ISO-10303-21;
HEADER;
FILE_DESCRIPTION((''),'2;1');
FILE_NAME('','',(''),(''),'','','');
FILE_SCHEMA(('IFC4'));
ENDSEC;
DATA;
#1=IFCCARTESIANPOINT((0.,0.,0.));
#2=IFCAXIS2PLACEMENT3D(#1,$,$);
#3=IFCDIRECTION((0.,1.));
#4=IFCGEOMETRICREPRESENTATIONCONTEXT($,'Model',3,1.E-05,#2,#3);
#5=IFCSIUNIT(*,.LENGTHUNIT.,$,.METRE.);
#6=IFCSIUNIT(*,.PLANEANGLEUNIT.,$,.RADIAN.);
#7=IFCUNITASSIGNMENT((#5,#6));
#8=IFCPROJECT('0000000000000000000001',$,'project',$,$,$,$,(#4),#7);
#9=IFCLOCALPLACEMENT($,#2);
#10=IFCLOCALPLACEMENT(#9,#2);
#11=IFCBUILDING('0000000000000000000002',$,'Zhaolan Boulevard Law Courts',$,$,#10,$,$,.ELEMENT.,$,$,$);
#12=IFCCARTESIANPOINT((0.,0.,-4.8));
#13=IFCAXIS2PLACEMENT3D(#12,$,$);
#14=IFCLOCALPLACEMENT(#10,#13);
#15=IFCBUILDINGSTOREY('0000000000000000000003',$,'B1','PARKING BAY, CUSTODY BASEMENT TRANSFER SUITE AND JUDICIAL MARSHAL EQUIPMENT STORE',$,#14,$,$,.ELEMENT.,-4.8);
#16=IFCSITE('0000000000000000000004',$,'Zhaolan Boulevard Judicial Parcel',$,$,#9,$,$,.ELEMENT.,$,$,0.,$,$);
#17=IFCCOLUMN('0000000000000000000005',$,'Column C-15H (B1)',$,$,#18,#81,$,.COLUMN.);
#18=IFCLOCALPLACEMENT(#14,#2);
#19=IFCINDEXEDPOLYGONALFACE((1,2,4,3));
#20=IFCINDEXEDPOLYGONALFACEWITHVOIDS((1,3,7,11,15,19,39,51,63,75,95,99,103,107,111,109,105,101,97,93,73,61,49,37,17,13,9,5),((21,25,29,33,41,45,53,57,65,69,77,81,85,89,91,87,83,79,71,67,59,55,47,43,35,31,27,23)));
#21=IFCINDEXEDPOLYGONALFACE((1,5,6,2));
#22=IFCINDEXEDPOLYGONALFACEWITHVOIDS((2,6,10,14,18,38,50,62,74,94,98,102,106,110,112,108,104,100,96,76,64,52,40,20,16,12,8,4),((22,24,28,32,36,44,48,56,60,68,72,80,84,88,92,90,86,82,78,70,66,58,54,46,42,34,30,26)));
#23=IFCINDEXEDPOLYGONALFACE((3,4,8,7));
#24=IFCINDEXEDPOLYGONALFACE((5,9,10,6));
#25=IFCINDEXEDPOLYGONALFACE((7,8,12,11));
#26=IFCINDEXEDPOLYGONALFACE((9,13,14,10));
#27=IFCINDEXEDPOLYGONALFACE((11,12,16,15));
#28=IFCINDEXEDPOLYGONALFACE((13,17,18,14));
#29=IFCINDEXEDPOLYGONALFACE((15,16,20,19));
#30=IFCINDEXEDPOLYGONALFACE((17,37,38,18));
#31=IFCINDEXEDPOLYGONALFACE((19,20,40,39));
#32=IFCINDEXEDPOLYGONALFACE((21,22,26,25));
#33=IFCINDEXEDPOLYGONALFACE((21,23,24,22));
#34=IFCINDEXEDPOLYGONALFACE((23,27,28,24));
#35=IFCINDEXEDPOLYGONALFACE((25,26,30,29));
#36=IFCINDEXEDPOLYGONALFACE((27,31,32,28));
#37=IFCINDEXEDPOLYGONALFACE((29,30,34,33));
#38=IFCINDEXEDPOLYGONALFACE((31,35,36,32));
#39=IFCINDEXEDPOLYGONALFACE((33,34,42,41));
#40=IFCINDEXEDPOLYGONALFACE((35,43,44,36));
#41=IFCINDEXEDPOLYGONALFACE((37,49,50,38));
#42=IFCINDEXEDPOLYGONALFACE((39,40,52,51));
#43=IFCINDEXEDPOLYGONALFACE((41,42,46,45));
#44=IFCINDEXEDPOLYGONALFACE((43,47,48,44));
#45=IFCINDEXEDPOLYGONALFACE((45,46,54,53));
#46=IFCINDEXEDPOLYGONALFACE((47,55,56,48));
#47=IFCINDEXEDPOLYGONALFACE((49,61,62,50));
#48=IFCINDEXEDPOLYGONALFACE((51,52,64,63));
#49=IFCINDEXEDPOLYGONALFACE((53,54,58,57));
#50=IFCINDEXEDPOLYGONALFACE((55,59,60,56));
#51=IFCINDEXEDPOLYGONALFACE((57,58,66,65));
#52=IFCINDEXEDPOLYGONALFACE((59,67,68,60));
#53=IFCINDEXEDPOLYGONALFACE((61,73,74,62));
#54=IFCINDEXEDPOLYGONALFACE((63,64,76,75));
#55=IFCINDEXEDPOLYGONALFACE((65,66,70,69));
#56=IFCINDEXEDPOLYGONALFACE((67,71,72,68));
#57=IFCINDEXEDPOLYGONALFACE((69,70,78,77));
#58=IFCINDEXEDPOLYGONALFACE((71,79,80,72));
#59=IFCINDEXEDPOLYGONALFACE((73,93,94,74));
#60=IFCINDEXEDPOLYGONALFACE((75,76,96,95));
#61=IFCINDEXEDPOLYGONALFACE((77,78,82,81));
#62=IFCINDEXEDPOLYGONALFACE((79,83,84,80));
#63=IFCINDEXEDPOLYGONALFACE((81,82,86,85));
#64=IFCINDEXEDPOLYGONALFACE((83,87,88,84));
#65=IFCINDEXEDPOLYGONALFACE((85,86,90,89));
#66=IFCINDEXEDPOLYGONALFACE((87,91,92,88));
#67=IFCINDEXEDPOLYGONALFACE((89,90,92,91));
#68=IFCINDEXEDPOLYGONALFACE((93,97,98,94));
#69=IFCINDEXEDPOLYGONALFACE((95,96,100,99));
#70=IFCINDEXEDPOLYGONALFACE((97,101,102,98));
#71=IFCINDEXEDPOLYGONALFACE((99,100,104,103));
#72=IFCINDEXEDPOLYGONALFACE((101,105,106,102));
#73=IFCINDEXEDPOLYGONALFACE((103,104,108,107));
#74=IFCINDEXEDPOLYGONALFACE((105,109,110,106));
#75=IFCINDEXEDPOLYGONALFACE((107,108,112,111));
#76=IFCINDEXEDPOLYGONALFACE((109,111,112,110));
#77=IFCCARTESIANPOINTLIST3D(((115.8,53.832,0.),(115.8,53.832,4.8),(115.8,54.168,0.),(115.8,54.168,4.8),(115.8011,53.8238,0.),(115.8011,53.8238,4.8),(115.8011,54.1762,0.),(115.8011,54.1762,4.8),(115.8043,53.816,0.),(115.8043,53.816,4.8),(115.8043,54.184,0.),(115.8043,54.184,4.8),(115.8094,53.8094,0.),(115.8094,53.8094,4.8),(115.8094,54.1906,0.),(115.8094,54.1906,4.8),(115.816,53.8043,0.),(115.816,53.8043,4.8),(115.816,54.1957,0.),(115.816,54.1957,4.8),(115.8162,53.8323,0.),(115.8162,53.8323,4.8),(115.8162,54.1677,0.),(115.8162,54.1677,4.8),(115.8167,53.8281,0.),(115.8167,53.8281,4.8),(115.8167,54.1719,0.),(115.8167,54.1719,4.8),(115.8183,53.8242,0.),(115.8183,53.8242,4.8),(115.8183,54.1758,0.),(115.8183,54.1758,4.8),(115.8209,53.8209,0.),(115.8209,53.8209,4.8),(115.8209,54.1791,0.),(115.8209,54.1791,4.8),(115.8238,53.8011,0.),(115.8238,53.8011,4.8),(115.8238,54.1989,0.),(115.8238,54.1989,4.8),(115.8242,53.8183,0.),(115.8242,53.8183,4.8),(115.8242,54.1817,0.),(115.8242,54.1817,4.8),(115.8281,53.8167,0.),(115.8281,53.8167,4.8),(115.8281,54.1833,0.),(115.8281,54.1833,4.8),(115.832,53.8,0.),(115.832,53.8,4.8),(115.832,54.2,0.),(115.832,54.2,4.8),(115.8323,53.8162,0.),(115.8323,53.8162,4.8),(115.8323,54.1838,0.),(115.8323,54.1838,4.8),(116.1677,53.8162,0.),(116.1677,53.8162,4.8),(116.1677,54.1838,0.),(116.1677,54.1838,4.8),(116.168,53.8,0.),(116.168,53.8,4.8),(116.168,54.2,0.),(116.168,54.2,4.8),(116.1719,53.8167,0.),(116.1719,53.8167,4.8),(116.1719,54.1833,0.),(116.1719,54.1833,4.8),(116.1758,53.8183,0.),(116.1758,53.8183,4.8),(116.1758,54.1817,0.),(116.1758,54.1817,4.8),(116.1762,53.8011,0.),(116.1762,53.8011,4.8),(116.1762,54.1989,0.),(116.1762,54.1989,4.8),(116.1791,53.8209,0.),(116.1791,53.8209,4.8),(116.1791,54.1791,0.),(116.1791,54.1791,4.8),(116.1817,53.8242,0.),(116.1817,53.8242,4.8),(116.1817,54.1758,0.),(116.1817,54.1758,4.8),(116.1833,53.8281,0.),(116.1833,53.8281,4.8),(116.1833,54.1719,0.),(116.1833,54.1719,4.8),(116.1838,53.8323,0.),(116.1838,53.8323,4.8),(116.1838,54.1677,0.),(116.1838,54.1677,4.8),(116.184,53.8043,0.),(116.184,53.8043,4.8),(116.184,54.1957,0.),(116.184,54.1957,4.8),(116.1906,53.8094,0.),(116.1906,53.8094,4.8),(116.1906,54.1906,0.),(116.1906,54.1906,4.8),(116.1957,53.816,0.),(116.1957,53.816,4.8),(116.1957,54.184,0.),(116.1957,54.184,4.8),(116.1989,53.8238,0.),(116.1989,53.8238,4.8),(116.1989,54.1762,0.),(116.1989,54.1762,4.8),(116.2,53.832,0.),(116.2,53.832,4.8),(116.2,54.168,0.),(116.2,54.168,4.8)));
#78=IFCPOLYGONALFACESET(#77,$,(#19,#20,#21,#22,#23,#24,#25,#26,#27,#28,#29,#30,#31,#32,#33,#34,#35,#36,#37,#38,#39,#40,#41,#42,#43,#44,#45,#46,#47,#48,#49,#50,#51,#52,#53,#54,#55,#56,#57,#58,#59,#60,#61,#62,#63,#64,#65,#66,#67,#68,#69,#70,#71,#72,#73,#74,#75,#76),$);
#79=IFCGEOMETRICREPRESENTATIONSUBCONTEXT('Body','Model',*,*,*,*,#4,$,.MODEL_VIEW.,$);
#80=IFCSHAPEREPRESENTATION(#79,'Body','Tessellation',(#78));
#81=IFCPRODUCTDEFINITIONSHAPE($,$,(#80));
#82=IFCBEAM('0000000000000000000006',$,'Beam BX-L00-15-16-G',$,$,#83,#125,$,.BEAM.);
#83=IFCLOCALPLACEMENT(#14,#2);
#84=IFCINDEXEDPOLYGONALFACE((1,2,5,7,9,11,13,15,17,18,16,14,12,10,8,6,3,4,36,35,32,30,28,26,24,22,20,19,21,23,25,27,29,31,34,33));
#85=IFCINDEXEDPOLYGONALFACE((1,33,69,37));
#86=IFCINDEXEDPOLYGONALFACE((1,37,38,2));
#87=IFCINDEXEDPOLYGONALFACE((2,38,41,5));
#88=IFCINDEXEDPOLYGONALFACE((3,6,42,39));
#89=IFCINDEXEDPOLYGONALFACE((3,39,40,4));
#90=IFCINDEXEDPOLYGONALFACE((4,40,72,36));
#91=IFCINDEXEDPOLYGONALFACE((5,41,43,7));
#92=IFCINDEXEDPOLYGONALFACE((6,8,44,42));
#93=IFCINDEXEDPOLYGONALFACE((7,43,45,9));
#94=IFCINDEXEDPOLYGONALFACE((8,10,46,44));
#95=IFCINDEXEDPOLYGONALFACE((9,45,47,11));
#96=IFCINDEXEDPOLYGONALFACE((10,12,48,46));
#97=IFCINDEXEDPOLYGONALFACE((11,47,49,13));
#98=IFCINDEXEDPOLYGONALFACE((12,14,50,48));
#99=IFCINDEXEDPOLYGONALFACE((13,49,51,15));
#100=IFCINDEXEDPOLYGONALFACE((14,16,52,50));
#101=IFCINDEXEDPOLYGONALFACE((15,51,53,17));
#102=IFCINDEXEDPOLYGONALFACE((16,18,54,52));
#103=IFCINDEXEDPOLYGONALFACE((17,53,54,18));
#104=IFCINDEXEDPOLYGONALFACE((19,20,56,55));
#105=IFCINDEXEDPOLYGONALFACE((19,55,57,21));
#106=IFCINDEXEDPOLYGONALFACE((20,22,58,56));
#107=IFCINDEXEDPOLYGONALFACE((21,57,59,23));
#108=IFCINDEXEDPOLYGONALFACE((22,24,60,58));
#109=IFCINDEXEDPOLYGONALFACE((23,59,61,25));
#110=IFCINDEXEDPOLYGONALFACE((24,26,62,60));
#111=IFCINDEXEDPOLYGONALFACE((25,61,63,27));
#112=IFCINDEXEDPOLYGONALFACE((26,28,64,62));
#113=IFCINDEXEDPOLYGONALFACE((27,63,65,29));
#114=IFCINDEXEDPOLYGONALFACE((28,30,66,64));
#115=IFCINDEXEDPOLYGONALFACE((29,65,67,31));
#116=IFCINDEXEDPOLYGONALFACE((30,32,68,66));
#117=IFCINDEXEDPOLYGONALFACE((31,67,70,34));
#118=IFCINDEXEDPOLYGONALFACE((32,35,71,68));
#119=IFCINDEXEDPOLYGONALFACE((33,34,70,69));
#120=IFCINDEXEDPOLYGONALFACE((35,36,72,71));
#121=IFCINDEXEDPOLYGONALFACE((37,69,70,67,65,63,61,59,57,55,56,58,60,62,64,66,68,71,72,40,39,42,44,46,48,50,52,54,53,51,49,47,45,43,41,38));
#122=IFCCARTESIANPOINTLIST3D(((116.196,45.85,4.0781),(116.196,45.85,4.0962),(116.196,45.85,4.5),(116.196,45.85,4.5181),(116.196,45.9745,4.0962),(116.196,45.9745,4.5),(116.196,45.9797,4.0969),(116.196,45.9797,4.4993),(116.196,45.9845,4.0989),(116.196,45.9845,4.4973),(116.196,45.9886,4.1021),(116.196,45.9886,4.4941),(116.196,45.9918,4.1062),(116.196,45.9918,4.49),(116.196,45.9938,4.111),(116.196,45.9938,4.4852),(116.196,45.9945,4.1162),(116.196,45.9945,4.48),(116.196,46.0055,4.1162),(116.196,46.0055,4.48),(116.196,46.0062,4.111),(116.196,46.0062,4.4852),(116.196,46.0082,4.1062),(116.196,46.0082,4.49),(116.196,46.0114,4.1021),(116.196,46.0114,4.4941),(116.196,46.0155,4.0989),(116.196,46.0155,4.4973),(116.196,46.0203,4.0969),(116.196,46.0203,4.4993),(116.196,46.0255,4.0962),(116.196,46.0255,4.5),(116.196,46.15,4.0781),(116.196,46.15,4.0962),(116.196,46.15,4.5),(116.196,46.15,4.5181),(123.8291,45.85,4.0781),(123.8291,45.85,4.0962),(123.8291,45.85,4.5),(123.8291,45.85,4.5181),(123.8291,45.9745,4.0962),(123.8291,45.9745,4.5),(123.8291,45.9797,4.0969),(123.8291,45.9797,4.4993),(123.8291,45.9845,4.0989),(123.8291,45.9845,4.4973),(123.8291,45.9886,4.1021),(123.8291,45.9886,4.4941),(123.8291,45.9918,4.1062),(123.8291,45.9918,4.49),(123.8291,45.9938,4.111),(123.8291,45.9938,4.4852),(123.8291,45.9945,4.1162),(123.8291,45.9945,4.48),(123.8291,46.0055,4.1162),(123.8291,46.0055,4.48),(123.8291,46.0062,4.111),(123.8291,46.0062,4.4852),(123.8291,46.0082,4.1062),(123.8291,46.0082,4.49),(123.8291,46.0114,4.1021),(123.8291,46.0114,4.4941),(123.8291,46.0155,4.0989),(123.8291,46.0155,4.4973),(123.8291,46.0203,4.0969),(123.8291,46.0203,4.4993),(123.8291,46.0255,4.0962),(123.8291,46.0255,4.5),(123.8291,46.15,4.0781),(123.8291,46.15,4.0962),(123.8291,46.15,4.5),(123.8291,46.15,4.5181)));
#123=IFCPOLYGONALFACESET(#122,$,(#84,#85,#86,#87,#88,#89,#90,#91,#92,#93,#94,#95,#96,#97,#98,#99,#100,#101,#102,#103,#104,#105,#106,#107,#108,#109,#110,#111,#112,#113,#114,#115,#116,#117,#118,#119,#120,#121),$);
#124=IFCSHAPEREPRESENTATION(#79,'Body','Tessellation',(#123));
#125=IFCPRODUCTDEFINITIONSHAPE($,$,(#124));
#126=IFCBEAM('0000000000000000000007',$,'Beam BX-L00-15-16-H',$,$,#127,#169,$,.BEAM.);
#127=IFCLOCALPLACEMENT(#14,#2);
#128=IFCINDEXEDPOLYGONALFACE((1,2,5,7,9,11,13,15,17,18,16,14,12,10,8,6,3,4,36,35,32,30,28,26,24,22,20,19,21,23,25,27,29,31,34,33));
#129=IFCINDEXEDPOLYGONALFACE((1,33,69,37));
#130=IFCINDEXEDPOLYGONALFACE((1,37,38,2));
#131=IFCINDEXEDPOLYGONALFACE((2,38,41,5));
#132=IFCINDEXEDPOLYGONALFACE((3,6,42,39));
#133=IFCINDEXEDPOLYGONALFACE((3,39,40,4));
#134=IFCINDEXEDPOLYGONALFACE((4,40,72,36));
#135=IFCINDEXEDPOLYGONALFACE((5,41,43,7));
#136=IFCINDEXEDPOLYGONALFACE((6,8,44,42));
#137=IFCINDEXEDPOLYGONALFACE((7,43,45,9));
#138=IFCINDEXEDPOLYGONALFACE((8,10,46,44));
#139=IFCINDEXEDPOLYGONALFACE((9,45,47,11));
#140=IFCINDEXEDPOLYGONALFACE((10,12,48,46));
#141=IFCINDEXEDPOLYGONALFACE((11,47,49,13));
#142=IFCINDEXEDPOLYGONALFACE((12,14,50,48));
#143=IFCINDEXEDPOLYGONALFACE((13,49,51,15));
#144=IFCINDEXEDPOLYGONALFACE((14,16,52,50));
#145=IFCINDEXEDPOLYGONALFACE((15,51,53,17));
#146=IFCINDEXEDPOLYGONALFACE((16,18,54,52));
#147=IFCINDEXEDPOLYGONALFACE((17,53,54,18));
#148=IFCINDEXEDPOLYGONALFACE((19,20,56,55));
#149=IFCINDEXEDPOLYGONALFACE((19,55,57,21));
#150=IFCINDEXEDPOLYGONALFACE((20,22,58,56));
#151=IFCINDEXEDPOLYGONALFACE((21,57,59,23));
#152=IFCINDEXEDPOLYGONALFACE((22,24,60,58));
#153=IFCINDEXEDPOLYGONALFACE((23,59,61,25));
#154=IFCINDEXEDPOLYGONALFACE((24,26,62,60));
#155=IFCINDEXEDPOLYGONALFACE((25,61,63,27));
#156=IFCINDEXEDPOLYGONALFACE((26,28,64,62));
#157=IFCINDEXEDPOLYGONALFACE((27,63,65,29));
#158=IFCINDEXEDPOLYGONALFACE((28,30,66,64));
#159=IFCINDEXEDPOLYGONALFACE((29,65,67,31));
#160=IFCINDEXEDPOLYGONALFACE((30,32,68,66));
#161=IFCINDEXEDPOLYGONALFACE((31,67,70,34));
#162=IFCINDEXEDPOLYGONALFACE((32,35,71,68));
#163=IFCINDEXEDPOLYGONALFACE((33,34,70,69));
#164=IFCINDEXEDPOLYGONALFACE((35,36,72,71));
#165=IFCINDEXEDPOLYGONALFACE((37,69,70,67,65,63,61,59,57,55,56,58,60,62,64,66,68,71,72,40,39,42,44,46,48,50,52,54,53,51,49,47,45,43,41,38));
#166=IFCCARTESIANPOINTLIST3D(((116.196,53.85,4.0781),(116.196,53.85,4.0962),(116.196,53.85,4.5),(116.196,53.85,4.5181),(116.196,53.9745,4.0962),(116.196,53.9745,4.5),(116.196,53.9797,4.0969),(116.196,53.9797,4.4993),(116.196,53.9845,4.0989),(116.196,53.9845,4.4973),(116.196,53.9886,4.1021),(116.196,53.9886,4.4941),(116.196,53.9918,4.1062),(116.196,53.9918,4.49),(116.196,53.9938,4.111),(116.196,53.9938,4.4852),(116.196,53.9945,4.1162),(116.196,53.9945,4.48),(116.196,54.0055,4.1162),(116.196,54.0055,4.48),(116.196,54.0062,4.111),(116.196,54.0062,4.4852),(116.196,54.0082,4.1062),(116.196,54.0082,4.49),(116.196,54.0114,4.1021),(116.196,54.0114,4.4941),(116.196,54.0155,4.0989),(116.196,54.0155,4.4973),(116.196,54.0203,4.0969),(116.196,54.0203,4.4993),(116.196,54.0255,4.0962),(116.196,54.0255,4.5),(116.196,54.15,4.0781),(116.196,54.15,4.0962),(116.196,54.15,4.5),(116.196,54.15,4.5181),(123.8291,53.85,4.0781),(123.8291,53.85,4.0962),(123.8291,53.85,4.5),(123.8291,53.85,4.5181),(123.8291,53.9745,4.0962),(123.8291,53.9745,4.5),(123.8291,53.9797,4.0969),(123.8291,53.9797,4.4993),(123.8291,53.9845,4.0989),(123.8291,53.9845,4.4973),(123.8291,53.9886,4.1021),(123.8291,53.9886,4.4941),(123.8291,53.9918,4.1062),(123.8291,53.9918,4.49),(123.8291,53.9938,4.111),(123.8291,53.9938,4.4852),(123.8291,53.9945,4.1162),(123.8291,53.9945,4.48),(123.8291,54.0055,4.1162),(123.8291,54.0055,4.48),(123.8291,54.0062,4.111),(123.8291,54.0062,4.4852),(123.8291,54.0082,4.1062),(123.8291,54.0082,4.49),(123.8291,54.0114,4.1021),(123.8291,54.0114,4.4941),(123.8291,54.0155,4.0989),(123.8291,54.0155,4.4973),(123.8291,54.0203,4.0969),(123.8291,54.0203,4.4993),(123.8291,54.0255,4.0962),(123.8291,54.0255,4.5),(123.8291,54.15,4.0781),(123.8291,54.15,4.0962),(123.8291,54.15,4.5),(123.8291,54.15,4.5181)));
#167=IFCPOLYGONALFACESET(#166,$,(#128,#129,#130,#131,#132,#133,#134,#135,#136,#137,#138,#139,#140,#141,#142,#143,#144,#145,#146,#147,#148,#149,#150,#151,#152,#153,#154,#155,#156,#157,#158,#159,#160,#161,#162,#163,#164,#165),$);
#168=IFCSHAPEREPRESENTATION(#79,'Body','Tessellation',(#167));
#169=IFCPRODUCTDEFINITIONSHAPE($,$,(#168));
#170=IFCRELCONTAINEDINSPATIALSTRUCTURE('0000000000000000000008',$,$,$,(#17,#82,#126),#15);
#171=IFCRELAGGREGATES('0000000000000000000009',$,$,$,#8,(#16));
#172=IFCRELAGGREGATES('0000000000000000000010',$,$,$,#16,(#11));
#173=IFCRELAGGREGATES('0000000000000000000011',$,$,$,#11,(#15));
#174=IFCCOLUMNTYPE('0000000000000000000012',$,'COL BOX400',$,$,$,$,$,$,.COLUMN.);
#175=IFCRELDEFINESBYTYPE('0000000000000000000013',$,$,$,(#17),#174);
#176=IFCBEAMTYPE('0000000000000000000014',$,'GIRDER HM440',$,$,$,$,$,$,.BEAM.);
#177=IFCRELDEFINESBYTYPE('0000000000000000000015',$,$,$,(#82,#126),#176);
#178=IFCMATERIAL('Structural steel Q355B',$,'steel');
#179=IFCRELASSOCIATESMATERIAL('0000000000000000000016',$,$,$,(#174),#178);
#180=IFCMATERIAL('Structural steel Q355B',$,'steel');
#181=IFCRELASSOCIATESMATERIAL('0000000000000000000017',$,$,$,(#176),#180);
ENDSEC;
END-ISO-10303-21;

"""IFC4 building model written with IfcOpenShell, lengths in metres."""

from ifc_helpers import new_model, si_unit, direction, frame, origin, origin_2d, place, context, subcontext, project, spatial, hollow_rectangle, i_section, extrude, material, material_profile, profile_set, type_object, element, save


model = new_model("IFC4")

# Units and contexts
model_context = context("Model", 3, precision=1e-05, world=origin(), true_north=direction((0.0, 1.0)))
body_context = subcontext(model_context, "Body", "Model", "MODEL_VIEW")
ifc_project = project(units=[si_unit("LENGTHUNIT", "METRE"), si_unit("PLANEANGLEUNIT", "RADIAN")], contexts=[model_context])

# Site, building, storey
site_placement = place(None, origin())
site = spatial("IfcSite", under=ifc_project, at=site_placement, Name="Zhaolan Boulevard Judicial Parcel", CompositionType="ELEMENT", RefElevation=0.0)
building_placement = place(site_placement, origin())
building = spatial("IfcBuilding", under=site, at=building_placement, Name="Zhaolan Boulevard Law Courts", CompositionType="ELEMENT")
storey_placement = place(building_placement, frame((0.0, 0.0, -4.8)))
storey = spatial("IfcBuildingStorey", under=building, at=storey_placement, Name="B1", Description="PARKING BAY, CUSTODY BASEMENT TRANSFER SUITE AND JUDICIAL MARSHAL EQUIPMENT STORE", CompositionType="ELEMENT", Elevation=-4.8)

# Column
ifc_material_1 = material(Name="Structural steel Q355B", Category="steel")
ifc_material_profile_1 = material_profile(ifc_material_1, hollow_rectangle(XDim=0.3999, YDim=0.3999, WallThickness=0.0161, InnerFilletRadius=0.0161, OuterFilletRadius=0.032, at=origin_2d()), Name="BOX400x400x16")
ifc_profile_set_1 = profile_set([ifc_material_profile_1], Name="Structural steel Q355B")
column_type = type_object("IfcColumnType", Name="COL BOX400", PredefinedType="COLUMN", material=ifc_profile_set_1)
column_placement = place(storey_placement, frame((116.0, 54.0, 0.0), z_axis=(0.0, 0.0, 1.0), x_axis=(1.0, 0.0, 0.0)))
element("IfcColumn", 1, at=column_placement, inside=storey, type_object=column_type, Name="Column C-15H (B1)", PredefinedType="COLUMN", context=body_context, shape_type="SweptSolid", body=[
    extrude(hollow_rectangle(XDim=0.3999, YDim=0.3999, WallThickness=0.0161, InnerFilletRadius=0.0161, OuterFilletRadius=0.032, at=origin_2d()), origin(), (0.0, 0.0, 1.0), 4.8),
])

# Beams
ifc_material_2 = material(Name="Structural steel Q355B", Category="steel")
ifc_material_profile_2 = material_profile(ifc_material_2, i_section(OverallWidth=0.3, OverallDepth=0.4399, WebThickness=0.011, FlangeThickness=0.0181, FilletRadius=0.02, at=origin_2d()), Name="HM440x300")
ifc_profile_set_2 = profile_set([ifc_material_profile_2], Name="Structural steel Q355B")
beam_type_1 = type_object("IfcBeamType", Name="GIRDER HM440", PredefinedType="BEAM", material=ifc_profile_set_2)
for number, where, z_axis, x_axis, name in (
    (2, (116.196, 46.0, 4.2981), (1.0, 0.0, 0.0), (0.0, 1.0, 0.0), "Beam BX-L00-15-16-G"),
    (3, (116.196, 54.0, 4.2981), (1.0, 0.0, 0.0), (0.0, 1.0, 0.0), "Beam BX-L00-15-16-H"),
):
    element("IfcBeam", number, at=place(storey_placement, frame(where, z_axis=z_axis, x_axis=x_axis)), inside=storey, type_object=beam_type_1, Name=name, PredefinedType="BEAM", context=body_context, shape_type="SweptSolid", body=[
        extrude(i_section(OverallWidth=0.3, OverallDepth=0.4399, WebThickness=0.011, FlangeThickness=0.0181, FilletRadius=0.02, at=origin_2d()), origin(), (0.0, 0.0, 1.0), 7.6331),
    ])

save(model, "model.ifc")
